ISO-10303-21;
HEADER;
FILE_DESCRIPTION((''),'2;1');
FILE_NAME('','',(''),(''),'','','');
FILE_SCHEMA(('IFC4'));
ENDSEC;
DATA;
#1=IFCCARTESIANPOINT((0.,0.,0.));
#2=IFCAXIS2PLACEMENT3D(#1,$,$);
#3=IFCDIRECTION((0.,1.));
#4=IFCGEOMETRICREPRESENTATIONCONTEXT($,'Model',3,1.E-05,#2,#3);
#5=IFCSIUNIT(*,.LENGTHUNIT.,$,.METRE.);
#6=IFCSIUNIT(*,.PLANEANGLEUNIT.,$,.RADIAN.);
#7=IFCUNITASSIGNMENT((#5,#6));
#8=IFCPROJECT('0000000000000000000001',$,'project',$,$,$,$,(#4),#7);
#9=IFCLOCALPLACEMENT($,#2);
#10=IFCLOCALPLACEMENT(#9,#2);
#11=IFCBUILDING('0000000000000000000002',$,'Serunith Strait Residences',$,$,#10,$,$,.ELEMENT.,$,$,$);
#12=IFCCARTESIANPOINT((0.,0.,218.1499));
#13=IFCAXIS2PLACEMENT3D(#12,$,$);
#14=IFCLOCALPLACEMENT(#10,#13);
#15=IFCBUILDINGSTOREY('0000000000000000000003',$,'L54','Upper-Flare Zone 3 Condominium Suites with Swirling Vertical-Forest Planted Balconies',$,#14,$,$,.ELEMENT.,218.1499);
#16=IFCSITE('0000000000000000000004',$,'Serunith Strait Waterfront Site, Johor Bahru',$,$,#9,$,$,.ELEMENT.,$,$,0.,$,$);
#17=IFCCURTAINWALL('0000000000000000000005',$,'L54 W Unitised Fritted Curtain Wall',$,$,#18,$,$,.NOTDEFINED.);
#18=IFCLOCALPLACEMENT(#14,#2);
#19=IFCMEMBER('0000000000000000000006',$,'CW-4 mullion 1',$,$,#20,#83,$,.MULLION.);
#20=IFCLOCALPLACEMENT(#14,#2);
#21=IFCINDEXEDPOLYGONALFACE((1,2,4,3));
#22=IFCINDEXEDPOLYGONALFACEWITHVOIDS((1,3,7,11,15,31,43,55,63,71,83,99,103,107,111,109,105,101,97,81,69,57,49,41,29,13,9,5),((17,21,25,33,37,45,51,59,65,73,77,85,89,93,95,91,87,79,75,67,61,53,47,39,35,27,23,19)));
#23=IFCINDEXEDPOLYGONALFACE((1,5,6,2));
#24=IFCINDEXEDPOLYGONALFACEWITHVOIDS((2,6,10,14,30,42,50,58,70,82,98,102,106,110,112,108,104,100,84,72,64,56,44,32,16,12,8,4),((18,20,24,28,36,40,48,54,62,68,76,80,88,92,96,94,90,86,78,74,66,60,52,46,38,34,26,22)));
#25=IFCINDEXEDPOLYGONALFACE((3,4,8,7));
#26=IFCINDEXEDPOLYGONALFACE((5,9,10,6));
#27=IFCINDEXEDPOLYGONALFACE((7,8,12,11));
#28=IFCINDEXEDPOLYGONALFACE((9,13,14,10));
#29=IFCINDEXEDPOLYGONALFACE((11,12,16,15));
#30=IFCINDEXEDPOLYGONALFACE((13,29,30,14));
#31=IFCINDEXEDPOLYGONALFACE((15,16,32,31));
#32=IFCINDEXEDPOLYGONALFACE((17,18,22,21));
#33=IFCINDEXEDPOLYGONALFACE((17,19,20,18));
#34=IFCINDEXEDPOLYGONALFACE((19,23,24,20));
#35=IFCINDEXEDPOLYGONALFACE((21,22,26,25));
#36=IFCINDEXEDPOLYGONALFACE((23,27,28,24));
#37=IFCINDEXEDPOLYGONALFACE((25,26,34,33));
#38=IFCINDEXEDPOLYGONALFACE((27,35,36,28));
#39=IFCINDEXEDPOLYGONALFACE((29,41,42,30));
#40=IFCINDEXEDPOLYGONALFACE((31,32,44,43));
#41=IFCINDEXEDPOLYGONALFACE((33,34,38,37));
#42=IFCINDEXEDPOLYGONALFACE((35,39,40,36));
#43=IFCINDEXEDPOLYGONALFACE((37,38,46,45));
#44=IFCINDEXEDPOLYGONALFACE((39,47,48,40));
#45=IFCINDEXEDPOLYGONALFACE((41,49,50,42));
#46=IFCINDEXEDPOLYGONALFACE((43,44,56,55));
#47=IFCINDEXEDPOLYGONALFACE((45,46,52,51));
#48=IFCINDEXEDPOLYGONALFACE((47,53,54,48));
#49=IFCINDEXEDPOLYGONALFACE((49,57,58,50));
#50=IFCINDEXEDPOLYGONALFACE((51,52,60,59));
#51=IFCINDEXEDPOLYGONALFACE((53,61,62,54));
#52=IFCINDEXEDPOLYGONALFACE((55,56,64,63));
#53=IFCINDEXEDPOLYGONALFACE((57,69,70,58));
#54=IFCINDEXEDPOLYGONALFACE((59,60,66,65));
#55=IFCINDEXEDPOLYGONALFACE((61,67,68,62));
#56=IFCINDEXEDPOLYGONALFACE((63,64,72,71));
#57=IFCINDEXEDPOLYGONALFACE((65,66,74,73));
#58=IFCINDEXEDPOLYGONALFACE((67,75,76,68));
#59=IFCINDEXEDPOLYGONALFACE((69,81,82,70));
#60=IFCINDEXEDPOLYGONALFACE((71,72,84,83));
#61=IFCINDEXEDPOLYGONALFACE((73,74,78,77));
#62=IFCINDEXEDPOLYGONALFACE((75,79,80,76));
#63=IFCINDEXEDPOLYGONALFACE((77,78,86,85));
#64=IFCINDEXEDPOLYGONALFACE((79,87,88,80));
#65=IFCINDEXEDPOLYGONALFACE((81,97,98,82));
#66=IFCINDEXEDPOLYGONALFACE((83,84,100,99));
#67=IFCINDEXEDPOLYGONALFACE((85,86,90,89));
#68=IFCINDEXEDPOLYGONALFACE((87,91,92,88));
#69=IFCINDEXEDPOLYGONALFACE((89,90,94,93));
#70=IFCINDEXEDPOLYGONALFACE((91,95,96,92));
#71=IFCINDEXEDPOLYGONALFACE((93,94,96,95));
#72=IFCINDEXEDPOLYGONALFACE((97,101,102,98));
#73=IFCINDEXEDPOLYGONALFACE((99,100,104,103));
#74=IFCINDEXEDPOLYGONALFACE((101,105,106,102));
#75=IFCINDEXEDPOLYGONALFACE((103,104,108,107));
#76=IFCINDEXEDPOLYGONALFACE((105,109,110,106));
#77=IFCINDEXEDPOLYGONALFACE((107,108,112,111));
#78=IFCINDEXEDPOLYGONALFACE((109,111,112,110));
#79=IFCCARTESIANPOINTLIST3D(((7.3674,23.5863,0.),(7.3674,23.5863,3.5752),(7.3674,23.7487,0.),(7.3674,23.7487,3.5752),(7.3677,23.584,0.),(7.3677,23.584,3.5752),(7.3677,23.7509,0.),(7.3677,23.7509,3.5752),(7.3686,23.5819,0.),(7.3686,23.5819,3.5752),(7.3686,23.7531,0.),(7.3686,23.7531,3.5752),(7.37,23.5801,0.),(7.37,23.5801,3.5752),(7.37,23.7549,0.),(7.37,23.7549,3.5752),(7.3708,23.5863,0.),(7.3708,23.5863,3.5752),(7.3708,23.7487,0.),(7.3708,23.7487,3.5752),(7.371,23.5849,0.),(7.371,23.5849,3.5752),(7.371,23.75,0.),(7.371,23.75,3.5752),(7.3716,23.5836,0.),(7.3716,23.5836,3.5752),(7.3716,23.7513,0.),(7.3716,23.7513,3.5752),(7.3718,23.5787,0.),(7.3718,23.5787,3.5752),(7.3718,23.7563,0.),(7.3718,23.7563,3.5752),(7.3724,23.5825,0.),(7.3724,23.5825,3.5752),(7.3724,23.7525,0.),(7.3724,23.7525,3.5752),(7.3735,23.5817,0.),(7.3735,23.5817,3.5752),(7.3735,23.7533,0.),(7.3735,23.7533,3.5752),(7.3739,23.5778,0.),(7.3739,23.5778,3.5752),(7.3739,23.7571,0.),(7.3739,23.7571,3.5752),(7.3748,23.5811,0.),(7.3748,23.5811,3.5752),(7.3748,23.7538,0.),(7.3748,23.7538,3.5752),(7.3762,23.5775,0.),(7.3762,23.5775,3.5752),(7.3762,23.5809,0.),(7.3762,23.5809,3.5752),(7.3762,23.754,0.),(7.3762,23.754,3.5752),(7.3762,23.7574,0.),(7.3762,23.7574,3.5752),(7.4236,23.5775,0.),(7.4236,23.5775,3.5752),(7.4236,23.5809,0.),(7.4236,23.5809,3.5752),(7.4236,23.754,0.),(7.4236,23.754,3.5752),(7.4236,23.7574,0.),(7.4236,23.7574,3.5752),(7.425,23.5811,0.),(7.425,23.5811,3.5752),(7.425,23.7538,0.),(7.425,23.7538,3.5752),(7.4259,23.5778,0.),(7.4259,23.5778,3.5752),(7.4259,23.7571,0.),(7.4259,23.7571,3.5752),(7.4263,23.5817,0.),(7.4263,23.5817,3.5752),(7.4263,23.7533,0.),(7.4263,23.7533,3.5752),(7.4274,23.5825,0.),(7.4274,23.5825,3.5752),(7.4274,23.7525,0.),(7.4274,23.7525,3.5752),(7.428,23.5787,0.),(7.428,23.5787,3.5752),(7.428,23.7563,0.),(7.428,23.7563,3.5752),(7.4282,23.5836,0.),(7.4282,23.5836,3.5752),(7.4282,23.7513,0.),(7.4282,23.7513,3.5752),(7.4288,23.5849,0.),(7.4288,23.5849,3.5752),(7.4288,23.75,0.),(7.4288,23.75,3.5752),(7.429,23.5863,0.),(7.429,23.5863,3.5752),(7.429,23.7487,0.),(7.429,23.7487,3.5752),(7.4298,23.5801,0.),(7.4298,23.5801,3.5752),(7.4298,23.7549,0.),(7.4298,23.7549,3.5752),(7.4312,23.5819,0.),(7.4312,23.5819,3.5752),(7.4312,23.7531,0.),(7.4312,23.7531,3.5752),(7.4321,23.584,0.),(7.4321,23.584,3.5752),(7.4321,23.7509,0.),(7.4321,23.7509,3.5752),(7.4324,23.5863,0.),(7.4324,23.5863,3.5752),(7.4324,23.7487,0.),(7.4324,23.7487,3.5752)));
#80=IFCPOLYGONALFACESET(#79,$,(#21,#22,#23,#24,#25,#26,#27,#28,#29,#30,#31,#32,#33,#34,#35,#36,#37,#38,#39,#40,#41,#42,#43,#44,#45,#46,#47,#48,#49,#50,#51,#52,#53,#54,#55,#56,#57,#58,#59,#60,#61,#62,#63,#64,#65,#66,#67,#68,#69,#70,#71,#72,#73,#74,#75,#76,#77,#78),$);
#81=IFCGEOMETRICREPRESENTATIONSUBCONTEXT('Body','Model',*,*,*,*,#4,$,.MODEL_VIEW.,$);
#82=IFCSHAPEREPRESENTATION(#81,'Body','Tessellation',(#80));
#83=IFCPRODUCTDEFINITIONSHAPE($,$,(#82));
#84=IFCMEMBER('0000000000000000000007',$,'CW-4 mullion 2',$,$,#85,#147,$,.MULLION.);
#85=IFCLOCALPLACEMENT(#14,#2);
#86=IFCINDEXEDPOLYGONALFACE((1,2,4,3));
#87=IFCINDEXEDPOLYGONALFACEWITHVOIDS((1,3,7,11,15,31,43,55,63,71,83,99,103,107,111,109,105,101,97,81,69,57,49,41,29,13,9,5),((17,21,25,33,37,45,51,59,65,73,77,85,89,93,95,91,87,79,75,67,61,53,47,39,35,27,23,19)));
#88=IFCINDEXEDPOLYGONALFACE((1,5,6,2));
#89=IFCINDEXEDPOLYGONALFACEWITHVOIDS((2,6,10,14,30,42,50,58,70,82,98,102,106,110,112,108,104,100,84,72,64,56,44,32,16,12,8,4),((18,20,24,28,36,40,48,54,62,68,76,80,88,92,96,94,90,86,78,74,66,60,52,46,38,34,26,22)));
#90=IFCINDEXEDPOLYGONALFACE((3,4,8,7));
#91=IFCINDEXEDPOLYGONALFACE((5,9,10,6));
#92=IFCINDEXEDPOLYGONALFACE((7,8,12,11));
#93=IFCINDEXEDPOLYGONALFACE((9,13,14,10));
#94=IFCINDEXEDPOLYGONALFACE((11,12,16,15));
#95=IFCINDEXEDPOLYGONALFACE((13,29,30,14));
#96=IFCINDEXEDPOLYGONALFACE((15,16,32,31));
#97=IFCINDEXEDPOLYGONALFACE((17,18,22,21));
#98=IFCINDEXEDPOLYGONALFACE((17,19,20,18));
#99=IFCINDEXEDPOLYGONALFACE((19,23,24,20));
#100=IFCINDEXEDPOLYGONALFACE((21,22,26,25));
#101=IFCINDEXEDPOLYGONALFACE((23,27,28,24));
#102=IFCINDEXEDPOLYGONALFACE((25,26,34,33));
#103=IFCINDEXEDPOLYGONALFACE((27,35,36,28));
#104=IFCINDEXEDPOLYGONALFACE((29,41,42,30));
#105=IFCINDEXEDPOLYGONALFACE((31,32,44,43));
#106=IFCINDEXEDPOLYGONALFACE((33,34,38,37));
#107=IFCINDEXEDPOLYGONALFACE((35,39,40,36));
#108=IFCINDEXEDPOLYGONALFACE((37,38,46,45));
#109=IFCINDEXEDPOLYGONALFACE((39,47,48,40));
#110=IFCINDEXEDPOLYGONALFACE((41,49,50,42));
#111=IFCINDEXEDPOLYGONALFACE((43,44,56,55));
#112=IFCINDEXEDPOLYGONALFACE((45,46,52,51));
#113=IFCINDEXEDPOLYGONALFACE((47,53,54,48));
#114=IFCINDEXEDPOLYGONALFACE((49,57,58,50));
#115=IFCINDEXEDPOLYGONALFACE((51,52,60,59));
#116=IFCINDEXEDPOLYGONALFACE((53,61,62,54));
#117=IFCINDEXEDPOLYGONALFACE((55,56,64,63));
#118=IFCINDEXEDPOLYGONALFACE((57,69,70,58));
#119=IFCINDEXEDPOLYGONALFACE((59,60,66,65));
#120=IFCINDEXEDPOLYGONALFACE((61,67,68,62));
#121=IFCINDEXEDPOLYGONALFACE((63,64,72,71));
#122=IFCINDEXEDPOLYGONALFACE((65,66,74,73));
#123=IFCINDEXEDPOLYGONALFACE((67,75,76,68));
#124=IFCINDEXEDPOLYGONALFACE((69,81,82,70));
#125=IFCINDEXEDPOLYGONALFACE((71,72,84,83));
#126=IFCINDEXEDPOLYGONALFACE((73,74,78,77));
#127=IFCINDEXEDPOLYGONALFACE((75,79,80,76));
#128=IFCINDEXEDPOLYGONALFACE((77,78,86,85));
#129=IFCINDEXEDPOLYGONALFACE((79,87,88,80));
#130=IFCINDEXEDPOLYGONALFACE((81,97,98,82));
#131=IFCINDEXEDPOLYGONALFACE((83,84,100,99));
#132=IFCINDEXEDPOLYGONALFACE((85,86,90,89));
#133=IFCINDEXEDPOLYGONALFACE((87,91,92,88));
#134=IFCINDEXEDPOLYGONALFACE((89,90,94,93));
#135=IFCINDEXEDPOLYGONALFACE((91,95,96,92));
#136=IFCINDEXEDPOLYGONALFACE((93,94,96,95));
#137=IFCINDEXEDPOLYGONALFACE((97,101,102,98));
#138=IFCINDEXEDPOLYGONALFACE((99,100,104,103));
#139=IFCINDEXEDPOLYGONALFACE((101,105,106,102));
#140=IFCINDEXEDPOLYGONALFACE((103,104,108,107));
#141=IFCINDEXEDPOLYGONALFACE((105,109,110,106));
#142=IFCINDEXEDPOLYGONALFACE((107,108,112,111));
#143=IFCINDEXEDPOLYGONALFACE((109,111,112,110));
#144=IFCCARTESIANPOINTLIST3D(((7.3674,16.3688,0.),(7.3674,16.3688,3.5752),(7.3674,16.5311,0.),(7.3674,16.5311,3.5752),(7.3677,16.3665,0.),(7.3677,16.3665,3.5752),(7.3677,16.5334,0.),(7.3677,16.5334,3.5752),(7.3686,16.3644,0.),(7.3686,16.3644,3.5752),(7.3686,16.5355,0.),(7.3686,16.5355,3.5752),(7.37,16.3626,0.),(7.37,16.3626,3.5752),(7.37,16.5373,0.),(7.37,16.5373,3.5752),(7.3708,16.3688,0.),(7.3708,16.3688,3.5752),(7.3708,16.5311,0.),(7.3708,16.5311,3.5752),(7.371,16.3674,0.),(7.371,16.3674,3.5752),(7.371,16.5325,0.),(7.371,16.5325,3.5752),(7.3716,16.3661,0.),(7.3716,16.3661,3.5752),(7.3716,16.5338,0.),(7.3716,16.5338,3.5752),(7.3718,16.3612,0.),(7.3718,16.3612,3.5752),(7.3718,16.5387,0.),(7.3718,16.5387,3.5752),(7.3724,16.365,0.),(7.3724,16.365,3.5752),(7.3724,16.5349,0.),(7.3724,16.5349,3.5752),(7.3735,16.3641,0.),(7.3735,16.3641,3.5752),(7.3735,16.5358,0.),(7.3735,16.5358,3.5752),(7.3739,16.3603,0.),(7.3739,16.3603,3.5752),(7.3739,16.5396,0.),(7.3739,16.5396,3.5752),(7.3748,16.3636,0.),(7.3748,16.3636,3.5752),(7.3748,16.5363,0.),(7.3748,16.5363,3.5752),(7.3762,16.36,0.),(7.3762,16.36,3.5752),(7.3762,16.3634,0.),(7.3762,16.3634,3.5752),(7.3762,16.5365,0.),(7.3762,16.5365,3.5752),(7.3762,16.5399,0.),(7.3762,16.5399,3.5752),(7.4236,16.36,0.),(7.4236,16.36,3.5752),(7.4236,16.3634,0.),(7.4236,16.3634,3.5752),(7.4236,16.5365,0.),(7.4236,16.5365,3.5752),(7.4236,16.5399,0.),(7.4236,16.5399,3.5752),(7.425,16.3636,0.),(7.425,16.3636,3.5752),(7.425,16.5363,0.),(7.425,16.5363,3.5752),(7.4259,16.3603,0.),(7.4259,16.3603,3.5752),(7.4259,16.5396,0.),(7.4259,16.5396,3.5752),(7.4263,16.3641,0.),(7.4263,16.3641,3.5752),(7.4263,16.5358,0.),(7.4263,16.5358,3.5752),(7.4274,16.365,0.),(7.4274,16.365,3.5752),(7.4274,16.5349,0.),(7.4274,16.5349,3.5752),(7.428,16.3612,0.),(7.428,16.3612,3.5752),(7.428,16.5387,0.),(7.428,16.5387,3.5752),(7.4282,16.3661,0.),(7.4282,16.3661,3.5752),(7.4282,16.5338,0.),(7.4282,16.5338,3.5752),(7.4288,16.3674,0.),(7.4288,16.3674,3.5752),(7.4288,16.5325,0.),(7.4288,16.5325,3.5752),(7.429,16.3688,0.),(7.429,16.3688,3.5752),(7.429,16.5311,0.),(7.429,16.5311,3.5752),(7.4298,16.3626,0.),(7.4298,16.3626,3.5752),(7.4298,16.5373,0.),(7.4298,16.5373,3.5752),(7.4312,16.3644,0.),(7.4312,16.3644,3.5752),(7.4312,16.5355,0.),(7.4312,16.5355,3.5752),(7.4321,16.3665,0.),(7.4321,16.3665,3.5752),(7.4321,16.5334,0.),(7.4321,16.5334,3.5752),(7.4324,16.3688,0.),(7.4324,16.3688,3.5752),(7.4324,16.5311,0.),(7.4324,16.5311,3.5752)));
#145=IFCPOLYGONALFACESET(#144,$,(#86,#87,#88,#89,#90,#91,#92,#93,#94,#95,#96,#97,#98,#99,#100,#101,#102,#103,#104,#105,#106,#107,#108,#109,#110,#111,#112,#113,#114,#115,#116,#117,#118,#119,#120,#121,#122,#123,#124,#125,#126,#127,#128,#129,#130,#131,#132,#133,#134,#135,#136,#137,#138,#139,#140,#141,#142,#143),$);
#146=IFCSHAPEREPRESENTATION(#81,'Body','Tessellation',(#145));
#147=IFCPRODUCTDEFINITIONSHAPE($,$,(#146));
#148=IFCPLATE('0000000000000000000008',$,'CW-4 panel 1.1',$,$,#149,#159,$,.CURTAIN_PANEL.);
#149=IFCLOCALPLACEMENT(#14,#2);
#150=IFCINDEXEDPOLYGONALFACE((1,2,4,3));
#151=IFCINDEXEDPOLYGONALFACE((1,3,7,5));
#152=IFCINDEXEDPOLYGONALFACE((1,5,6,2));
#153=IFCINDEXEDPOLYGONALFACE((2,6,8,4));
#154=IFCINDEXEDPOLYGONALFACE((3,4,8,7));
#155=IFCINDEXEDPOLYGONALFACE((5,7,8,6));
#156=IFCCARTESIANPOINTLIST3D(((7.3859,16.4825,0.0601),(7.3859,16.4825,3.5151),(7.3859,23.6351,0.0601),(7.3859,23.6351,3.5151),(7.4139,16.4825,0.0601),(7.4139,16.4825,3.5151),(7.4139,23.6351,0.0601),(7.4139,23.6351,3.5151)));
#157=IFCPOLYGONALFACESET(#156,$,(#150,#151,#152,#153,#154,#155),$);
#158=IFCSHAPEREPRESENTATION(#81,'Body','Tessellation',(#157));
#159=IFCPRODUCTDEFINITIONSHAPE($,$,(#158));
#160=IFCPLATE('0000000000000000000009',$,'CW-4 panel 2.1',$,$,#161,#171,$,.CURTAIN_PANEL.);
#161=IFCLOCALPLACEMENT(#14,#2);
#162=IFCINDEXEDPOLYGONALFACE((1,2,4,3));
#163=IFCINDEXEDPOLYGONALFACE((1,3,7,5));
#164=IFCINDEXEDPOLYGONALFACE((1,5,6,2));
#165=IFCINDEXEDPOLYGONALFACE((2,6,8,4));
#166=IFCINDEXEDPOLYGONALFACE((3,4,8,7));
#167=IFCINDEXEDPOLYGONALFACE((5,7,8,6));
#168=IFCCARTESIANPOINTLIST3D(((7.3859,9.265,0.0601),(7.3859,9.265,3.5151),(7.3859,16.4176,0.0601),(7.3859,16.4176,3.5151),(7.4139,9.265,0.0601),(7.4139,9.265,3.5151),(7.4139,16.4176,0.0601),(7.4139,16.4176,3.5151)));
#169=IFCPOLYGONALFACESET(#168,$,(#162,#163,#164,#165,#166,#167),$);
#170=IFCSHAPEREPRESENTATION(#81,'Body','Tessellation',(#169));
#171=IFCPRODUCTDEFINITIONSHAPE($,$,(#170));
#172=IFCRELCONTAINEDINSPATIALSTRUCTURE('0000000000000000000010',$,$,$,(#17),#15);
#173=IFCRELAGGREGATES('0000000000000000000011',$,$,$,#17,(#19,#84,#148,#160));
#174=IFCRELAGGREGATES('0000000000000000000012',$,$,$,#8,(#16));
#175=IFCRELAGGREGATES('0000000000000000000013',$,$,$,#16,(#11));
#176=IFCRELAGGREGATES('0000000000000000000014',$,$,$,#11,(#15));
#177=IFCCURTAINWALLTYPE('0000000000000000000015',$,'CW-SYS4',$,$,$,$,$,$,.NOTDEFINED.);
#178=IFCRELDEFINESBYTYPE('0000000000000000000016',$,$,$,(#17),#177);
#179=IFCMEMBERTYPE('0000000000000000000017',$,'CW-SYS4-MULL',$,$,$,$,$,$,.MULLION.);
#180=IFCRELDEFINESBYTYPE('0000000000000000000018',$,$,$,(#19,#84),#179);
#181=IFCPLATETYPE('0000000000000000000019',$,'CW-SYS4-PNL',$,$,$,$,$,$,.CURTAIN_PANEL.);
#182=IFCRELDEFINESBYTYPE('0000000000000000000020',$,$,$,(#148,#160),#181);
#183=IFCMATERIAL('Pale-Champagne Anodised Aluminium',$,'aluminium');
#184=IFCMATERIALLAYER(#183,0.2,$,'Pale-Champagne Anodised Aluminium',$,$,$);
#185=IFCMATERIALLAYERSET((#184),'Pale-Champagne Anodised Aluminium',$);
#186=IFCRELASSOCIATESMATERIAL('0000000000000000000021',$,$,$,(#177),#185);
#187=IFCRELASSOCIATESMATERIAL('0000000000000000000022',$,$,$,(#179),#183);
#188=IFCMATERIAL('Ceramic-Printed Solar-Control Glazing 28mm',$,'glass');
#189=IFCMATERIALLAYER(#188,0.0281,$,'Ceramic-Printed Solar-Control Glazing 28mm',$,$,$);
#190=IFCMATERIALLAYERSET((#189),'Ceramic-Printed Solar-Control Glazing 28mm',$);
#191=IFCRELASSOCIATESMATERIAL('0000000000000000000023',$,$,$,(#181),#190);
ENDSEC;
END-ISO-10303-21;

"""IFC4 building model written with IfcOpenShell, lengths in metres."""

from ifc_helpers import new_model, si_unit, direction, frame, origin, origin_2d, place, context, subcontext, project, spatial, rectangle, hollow_rectangle, extrude, source, transform, mapped, material, layer, layer_set, material_profile, profile_set, type_object, element, aggregate, save


model = new_model("IFC4")

# Units and contexts
model_context = context("Model", 3, precision=1e-05, world=origin(), true_north=direction((0.0, 1.0)))
body_context = subcontext(model_context, "Body", "Model", "MODEL_VIEW")
ifc_project = project(units=[si_unit("LENGTHUNIT", "METRE"), si_unit("PLANEANGLEUNIT", "RADIAN")], contexts=[model_context])

# Site, building, storey
site_placement = place(None, origin())
site = spatial("IfcSite", under=ifc_project, at=site_placement, Name="Serunith Strait Waterfront Site, Johor Bahru", CompositionType="ELEMENT", RefElevation=0.0)
building_placement = place(site_placement, origin())
building = spatial("IfcBuilding", under=site, at=building_placement, Name="Serunith Strait Residences", CompositionType="ELEMENT")
storey_placement = place(building_placement, frame((0.0, 0.0, 218.1499)))
storey = spatial("IfcBuildingStorey", under=building, at=storey_placement, Name="L54", Description="Upper-Flare Zone 3 Condominium Suites with Swirling Vertical-Forest Planted Balconies", CompositionType="ELEMENT", Elevation=218.1499)

# Curtain wall, members, plates
ifc_material_1 = material(Name="Pale-Champagne Anodised Aluminium", Category="aluminium")
ifc_layer_1 = layer(ifc_material_1, 0.2, Name="Pale-Champagne Anodised Aluminium")
ifc_layer_set_1 = layer_set([ifc_layer_1], Name="Pale-Champagne Anodised Aluminium")
curtain_wall_type = type_object("IfcCurtainWallType", Name="CW-SYS4", PredefinedType="NOTDEFINED", material=ifc_layer_set_1)
curtain_wall_placement = place(storey_placement, origin())
curtain_wall = element("IfcCurtainWall", 1, at=curtain_wall_placement, inside=storey, type_object=curtain_wall_type, Name="L54 W Unitised Fritted Curtain Wall", PredefinedType="NOTDEFINED")
ifc_material_profile_1 = material_profile(ifc_material_1, hollow_rectangle(XDim=0.0649, YDim=0.1799, WallThickness=0.0034, InnerFilletRadius=0.0054, OuterFilletRadius=0.0088, at=origin_2d()), Name="ALU 180x65x3.5")
ifc_profile_set_1 = profile_set([ifc_material_profile_1], Name="Pale-Champagne Anodised Aluminium")
member_type_1 = type_object("IfcMemberType", Name="CW-SYS4-MULL", PredefinedType="MULLION", material=ifc_profile_set_1)
shared_shape_1 = source(origin(), body_context, "Body", "SweptSolid", [
    extrude(hollow_rectangle(XDim=0.0649, YDim=0.1799, WallThickness=0.0034, InnerFilletRadius=0.0054, OuterFilletRadius=0.0088, at=origin_2d()), origin(), (0.0, 0.0, 1.0), 3.5752),
])
member_1_placement = place(storey_placement, frame((7.3999, 23.6675, 0.0), z_axis=(0.0, 0.0, 1.0), x_axis=(1.0, 0.0, 0.0)))
member_1 = element("IfcMember", 2, at=member_1_placement, type_object=member_type_1, Name="CW-4 mullion 1", PredefinedType="MULLION", context=body_context, shape_type="MappedRepresentation", body=[
    mapped(shared_shape_1, transform((0.0, 0.0, 0.0), scale=1.0)),
])
member_2_placement = place(storey_placement, frame((7.3999, 16.45, 0.0), z_axis=(0.0, 0.0, 1.0), x_axis=(1.0, 0.0, 0.0)))
member_2 = element("IfcMember", 3, at=member_2_placement, type_object=member_type_1, Name="CW-4 mullion 2", PredefinedType="MULLION", context=body_context, shape_type="MappedRepresentation", body=[
    mapped(shared_shape_1, transform((0.0, 0.0, 0.0), scale=1.0)),
])
ifc_material_2 = material(Name="Ceramic-Printed Solar-Control Glazing 28mm", Category="glass")
ifc_layer_2 = layer(ifc_material_2, 0.0281, Name="Ceramic-Printed Solar-Control Glazing 28mm")
ifc_layer_set_2 = layer_set([ifc_layer_2], Name="Ceramic-Printed Solar-Control Glazing 28mm")
plate_type = type_object("IfcPlateType", Name="CW-SYS4-PNL", PredefinedType="CURTAIN_PANEL", material=ifc_layer_set_2)
shared_shape_2 = source(origin(), body_context, "Body", "SweptSolid", [
    extrude(rectangle(XDim=7.1526, YDim=0.0281, at=origin_2d()), origin(), (0.0, 0.0, 1.0), 3.4551),
])
plate_1_placement = place(storey_placement, frame((7.3999, 20.0588, 0.0601), z_axis=(0.0, 0.0, 1.0), x_axis=(0.0, -1.0, 0.0)))
plate_1 = element("IfcPlate", 4, at=plate_1_placement, type_object=plate_type, Name="CW-4 panel 1.1", PredefinedType="CURTAIN_PANEL", context=body_context, shape_type="MappedRepresentation", body=[
    mapped(shared_shape_2, transform((0.0, 0.0, 0.0), scale=1.0)),
])
plate_2_placement = place(storey_placement, frame((7.3999, 12.8413, 0.0601), z_axis=(0.0, 0.0, 1.0), x_axis=(0.0, -1.0, 0.0)))
plate_2 = element("IfcPlate", 5, at=plate_2_placement, type_object=plate_type, Name="CW-4 panel 2.1", PredefinedType="CURTAIN_PANEL", context=body_context, shape_type="MappedRepresentation", body=[
    mapped(shared_shape_2, transform((0.0, 0.0, 0.0), scale=1.0)),
])
aggregate(curtain_wall, [member_1, member_2, plate_1, plate_2])

save(model, "model.ifc")
